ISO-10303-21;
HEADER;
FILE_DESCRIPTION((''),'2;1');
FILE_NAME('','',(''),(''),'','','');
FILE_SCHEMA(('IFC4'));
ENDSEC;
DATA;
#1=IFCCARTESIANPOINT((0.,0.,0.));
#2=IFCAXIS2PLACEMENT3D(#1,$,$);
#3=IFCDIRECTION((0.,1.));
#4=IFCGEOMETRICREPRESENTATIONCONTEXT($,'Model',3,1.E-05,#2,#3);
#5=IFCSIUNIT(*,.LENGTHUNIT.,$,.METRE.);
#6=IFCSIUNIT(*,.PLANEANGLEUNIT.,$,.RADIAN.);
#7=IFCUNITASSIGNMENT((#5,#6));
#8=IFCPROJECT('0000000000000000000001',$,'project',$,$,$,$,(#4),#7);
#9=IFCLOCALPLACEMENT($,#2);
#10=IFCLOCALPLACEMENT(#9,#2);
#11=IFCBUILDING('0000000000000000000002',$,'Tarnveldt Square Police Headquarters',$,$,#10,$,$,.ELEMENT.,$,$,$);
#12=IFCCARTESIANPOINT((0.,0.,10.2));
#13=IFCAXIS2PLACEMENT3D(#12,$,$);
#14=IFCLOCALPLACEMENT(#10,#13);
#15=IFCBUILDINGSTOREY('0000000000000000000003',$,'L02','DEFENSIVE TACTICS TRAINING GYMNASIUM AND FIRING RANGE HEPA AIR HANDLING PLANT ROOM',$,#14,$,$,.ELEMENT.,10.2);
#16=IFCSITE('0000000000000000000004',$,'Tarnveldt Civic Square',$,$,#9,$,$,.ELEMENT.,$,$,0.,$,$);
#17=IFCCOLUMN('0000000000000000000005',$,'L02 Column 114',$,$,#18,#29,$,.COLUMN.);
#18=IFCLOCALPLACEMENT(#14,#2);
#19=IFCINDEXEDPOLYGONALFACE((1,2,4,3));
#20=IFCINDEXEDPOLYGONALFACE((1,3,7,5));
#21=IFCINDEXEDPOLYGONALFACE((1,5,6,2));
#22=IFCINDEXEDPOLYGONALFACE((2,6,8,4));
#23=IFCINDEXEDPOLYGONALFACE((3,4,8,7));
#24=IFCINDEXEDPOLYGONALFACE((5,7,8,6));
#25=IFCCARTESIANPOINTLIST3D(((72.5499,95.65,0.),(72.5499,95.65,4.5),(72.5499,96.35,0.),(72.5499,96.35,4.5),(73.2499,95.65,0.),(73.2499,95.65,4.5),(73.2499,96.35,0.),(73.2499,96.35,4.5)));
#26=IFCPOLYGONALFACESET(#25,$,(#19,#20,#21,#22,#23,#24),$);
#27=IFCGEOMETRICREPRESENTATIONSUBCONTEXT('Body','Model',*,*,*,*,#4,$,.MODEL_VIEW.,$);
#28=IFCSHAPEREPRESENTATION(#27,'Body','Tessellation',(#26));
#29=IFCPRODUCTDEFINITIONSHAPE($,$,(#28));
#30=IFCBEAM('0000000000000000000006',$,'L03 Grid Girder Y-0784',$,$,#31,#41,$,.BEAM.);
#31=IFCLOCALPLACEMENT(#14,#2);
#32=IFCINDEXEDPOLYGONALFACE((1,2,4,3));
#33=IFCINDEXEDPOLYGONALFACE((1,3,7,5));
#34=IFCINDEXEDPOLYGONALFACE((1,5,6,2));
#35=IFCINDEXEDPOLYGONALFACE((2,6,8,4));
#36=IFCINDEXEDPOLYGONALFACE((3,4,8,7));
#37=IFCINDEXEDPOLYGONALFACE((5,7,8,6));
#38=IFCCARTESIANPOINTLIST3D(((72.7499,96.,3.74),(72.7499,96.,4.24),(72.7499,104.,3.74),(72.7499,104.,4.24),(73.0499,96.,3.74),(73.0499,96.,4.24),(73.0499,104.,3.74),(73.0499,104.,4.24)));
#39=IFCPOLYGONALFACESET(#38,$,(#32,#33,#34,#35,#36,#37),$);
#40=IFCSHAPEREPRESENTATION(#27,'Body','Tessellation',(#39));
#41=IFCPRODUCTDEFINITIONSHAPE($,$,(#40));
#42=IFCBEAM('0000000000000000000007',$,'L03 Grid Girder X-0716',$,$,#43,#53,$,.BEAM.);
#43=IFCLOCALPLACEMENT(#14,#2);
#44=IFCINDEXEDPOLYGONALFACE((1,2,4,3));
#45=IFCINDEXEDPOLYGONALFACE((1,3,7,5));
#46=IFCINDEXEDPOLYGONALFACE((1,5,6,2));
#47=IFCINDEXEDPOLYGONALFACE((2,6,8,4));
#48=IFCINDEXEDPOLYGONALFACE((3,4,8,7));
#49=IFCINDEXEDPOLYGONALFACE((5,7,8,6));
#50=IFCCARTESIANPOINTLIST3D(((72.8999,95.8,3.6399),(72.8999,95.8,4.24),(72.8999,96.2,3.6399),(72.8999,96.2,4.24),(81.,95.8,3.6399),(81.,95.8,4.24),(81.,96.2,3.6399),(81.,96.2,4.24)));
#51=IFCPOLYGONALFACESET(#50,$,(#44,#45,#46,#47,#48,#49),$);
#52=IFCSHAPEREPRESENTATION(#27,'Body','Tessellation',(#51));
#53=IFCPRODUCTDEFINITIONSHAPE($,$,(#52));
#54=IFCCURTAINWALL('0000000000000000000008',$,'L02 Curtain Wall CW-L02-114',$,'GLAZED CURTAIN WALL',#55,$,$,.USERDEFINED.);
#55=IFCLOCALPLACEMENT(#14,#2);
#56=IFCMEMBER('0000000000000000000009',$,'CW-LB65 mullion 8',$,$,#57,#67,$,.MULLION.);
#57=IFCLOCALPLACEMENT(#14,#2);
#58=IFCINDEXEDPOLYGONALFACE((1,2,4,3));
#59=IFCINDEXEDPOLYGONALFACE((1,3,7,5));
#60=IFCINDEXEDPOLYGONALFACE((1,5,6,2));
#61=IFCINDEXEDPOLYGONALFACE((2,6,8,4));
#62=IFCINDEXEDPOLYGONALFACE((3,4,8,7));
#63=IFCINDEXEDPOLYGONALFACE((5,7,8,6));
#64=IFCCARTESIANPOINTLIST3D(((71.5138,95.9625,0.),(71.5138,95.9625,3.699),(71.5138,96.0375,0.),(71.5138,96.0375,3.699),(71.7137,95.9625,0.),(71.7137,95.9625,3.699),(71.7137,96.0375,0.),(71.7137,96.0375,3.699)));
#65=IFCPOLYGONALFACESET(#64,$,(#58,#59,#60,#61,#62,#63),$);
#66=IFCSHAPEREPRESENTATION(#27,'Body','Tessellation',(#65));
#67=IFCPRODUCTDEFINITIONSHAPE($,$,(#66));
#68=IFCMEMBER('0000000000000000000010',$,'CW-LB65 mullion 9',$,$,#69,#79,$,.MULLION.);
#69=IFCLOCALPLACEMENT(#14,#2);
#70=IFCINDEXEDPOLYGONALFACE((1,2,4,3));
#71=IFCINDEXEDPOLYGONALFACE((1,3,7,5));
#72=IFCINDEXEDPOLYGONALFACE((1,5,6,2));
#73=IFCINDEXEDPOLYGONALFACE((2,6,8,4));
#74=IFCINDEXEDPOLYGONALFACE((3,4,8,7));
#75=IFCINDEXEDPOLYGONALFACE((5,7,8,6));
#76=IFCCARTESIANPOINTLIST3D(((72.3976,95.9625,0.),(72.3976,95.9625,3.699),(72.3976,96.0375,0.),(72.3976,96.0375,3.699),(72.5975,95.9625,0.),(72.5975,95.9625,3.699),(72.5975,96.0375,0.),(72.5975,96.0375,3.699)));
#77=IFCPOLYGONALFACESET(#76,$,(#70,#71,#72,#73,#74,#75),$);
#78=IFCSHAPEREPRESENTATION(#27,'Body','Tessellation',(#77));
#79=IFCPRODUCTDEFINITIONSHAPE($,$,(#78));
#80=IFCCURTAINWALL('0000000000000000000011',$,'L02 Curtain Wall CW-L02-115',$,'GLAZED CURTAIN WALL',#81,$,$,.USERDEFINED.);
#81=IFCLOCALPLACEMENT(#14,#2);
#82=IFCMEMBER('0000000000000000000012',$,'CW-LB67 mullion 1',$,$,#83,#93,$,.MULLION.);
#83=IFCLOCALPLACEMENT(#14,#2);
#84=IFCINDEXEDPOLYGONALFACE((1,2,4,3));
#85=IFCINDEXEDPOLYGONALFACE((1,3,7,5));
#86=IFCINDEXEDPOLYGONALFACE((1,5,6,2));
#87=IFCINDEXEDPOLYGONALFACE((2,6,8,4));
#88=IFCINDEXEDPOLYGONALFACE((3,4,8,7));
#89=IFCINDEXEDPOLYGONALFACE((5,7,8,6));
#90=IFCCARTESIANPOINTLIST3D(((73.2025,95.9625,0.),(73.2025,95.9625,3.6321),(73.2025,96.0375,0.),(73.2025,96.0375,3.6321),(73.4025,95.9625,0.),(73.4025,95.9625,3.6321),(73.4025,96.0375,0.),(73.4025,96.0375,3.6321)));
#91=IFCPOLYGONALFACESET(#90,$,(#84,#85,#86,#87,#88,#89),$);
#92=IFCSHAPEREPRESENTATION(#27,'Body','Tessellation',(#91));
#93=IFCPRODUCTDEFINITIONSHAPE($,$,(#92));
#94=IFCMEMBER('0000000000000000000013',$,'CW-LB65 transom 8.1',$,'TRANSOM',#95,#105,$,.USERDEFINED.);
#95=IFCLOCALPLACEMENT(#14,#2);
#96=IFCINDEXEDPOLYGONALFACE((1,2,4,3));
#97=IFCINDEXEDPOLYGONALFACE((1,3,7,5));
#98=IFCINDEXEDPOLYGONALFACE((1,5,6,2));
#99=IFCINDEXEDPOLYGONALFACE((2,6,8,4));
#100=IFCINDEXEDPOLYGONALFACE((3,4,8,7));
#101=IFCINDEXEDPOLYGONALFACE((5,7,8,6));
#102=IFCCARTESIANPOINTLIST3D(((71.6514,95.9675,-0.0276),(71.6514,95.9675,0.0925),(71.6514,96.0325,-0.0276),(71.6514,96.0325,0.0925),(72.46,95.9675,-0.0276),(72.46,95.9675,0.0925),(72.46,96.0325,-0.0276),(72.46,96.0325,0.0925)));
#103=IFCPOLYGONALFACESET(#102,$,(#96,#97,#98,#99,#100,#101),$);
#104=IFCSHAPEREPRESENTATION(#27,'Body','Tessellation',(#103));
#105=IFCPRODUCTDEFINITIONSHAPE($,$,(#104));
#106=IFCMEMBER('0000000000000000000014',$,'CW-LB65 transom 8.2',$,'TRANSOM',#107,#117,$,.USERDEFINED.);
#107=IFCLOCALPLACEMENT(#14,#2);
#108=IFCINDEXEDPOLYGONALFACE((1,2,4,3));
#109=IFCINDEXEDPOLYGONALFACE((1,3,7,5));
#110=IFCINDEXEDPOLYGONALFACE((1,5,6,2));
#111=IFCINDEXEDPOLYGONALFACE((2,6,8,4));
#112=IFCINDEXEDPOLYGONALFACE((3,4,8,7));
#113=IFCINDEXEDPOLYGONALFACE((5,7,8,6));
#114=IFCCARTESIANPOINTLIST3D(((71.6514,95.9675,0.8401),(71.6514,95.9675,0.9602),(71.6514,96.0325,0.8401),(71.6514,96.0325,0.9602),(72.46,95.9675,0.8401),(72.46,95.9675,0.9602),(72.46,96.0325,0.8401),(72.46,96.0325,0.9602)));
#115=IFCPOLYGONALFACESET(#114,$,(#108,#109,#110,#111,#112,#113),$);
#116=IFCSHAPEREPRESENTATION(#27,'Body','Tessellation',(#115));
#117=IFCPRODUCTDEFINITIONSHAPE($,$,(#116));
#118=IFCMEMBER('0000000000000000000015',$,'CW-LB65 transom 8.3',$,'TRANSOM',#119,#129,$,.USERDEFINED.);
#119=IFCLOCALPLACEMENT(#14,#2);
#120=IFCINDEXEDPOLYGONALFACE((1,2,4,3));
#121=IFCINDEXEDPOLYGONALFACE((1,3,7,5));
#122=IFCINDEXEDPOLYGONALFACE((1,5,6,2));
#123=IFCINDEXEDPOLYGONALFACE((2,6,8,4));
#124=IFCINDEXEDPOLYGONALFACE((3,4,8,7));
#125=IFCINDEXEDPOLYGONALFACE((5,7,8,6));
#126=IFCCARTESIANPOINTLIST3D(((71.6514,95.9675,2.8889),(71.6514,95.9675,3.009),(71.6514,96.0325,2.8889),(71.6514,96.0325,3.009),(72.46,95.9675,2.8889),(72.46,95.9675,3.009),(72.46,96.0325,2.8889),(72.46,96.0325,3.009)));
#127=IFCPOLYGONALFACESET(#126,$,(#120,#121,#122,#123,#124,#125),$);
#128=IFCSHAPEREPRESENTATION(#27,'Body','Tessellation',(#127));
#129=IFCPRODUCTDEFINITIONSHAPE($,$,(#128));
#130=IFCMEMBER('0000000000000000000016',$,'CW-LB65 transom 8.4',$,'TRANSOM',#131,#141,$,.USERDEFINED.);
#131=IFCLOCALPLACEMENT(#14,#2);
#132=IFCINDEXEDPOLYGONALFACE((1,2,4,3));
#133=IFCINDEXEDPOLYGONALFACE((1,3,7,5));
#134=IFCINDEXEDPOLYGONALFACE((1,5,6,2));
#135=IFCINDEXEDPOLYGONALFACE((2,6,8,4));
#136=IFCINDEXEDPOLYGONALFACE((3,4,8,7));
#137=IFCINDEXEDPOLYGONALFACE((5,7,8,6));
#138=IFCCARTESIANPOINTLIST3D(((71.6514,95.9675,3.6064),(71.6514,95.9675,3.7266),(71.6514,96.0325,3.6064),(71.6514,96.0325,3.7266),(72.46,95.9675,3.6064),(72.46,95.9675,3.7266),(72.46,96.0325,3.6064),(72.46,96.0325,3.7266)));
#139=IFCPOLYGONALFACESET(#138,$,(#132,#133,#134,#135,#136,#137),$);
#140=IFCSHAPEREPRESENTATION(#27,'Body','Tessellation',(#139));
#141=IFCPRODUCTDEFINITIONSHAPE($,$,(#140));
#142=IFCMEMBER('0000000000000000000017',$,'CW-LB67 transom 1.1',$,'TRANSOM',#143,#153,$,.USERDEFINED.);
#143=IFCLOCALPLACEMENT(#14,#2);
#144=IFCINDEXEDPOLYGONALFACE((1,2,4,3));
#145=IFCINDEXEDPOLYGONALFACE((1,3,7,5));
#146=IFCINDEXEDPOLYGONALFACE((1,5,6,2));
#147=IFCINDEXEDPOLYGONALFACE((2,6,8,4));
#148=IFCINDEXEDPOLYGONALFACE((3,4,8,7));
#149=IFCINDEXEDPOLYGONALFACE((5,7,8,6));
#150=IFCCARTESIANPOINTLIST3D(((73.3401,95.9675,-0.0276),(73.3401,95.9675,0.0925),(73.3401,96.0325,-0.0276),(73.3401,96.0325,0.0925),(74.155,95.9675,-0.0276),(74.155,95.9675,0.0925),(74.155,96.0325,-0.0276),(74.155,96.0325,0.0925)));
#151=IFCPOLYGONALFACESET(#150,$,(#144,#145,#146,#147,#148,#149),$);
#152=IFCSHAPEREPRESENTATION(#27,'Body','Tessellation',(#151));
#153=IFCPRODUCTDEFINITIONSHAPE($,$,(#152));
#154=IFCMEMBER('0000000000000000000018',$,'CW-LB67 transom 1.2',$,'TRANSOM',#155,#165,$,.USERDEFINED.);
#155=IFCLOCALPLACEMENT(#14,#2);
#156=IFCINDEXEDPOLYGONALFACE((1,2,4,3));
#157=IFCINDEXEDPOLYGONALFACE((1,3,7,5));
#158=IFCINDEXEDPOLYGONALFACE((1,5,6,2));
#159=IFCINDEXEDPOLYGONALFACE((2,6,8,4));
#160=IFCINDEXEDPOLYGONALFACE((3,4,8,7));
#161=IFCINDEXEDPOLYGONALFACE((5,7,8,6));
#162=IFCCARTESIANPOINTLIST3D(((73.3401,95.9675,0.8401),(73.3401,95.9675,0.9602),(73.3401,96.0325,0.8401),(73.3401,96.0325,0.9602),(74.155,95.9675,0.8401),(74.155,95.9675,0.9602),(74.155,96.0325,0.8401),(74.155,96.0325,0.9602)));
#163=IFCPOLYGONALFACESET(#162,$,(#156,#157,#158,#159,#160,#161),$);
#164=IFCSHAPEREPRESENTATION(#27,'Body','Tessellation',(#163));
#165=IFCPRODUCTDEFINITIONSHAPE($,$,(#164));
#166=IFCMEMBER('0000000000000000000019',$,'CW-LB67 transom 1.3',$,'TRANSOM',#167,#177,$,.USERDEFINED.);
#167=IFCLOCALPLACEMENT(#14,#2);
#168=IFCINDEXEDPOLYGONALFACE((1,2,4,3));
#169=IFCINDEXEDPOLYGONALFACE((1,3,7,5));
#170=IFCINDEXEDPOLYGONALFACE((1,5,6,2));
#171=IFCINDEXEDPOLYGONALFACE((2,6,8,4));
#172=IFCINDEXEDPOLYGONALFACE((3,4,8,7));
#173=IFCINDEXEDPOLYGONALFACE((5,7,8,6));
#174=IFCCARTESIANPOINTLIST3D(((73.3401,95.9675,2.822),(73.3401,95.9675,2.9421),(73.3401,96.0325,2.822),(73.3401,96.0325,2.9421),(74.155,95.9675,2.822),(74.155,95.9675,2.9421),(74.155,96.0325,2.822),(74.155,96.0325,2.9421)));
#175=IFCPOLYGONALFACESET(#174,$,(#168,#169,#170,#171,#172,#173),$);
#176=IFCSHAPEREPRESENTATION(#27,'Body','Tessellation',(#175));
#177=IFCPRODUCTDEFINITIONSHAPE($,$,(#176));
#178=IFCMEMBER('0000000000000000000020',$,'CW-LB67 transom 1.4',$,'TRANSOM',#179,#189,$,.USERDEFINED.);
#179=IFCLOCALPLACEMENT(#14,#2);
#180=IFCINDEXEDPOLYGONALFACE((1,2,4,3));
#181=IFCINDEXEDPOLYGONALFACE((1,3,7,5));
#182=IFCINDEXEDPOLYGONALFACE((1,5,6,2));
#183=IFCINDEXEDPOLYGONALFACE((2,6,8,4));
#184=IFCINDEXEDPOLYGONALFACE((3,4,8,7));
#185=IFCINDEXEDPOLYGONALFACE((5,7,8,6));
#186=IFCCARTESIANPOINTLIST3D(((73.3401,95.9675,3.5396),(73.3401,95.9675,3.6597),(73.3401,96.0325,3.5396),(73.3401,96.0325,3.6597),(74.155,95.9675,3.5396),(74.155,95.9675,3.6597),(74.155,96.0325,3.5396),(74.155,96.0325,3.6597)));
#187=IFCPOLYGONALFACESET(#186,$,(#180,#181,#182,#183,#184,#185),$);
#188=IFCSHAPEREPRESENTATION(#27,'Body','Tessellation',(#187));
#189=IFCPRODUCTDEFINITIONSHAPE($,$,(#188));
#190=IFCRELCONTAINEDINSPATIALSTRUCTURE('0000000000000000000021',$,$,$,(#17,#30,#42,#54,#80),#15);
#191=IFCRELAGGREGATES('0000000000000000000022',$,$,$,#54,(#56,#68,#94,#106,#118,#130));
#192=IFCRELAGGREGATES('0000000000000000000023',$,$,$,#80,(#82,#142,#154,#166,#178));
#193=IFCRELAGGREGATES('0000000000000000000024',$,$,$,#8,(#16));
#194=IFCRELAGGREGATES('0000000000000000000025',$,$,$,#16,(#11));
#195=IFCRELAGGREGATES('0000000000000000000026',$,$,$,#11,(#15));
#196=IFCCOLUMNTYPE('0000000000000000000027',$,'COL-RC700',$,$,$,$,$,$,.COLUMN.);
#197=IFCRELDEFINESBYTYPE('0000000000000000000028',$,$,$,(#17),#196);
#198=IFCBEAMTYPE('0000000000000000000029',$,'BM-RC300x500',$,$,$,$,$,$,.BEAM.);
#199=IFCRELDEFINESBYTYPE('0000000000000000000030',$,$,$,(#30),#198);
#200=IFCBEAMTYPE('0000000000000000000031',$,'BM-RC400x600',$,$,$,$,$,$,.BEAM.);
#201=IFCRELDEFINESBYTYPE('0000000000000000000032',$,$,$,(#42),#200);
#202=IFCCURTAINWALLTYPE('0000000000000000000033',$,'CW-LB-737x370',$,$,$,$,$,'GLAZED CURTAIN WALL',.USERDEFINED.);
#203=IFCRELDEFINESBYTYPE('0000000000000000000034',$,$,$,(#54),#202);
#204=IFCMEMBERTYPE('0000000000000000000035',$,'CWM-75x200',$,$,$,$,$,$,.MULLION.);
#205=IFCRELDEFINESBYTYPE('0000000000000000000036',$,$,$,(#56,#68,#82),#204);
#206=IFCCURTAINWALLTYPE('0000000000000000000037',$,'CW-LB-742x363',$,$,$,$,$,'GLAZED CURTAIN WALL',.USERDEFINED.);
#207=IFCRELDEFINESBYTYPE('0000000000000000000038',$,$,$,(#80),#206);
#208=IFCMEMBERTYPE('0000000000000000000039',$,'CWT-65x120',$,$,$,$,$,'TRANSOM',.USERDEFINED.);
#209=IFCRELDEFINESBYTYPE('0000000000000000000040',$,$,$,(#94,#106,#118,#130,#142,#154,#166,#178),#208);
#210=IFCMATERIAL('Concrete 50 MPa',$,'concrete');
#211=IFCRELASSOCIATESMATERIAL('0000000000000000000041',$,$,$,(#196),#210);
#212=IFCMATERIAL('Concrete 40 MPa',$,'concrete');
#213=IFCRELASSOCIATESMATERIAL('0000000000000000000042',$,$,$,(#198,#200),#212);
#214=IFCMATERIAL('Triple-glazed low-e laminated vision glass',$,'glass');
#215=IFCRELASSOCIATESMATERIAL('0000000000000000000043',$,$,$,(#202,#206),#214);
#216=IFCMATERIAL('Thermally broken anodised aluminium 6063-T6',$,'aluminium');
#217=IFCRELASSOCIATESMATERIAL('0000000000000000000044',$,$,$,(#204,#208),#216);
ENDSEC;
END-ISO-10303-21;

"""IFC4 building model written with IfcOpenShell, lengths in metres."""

from ifc_helpers import new_model, si_unit, direction, frame, origin, origin_2d, place, context, subcontext, project, spatial, rectangle, extrude, material, material_profile, profile_set, type_object, element, aggregate, save


model = new_model("IFC4")

# Units and contexts
model_context = context("Model", 3, precision=1e-05, world=origin(), true_north=direction((0.0, 1.0)))
body_context = subcontext(model_context, "Body", "Model", "MODEL_VIEW")
ifc_project = project(units=[si_unit("LENGTHUNIT", "METRE"), si_unit("PLANEANGLEUNIT", "RADIAN")], contexts=[model_context])

# Site, building, storey
site_placement = place(None, origin())
site = spatial("IfcSite", under=ifc_project, at=site_placement, Name="Tarnveldt Civic Square", CompositionType="ELEMENT", RefElevation=0.0)
building_placement = place(site_placement, origin())
building = spatial("IfcBuilding", under=site, at=building_placement, Name="Tarnveldt Square Police Headquarters", CompositionType="ELEMENT")
storey_placement = place(building_placement, frame((0.0, 0.0, 10.2)))
storey = spatial("IfcBuildingStorey", under=building, at=storey_placement, Name="L02", Description="DEFENSIVE TACTICS TRAINING GYMNASIUM AND FIRING RANGE HEPA AIR HANDLING PLANT ROOM", CompositionType="ELEMENT", Elevation=10.2)

# Column
ifc_material_1 = material(Name="Concrete 50 MPa", Category="concrete")
ifc_material_profile_1 = material_profile(ifc_material_1, rectangle(XDim=0.7, YDim=0.7, at=origin_2d()), Name="RC-C700x700")
ifc_profile_set_1 = profile_set([ifc_material_profile_1], Name="Concrete 50 MPa")
column_type = type_object("IfcColumnType", Name="COL-RC700", PredefinedType="COLUMN", material=ifc_profile_set_1)
column_placement = place(storey_placement, frame((72.8999, 96.0, 0.0), z_axis=(0.0, 0.0, 1.0), x_axis=(1.0, 0.0, 0.0)))
element("IfcColumn", 1, at=column_placement, inside=storey, type_object=column_type, Name="L02 Column 114", PredefinedType="COLUMN", context=body_context, shape_type="SweptSolid", body=[
    extrude(rectangle(XDim=0.7, YDim=0.7, at=origin_2d()), origin(), (0.0, 0.0, 1.0), 4.5),
])

# Beams
ifc_material_2 = material(Name="Concrete 40 MPa", Category="concrete")
ifc_material_profile_2 = material_profile(ifc_material_2, rectangle(XDim=0.3, YDim=0.5, at=origin_2d()), Name="RC-B300x500")
ifc_profile_set_2 = profile_set([ifc_material_profile_2], Name="Concrete 40 MPa")
beam_type_1 = type_object("IfcBeamType", Name="BM-RC300x500", PredefinedType="BEAM", material=ifc_profile_set_2)
beam_1_placement = place(storey_placement, frame((72.8999, 96.0, 3.99), z_axis=(0.0, 1.0, 0.0), x_axis=(-1.0, 0.0, 0.0)))
element("IfcBeam", 2, at=beam_1_placement, inside=storey, type_object=beam_type_1, Name="L03 Grid Girder Y-0784", PredefinedType="BEAM", context=body_context, shape_type="SweptSolid", body=[
    extrude(rectangle(XDim=0.3, YDim=0.5, at=origin_2d()), origin(), (0.0, 0.0, 1.0), 8.0),
])
ifc_material_profile_3 = material_profile(ifc_material_2, rectangle(XDim=0.3999, YDim=0.6001, at=origin_2d()), Name="RC-B400x600")
ifc_profile_set_3 = profile_set([ifc_material_profile_3], Name="Concrete 40 MPa")
beam_type_2 = type_object("IfcBeamType", Name="BM-RC400x600", PredefinedType="BEAM", material=ifc_profile_set_3)
beam_2_placement = place(storey_placement, frame((72.8999, 96.0, 3.9399), z_axis=(1.0, 0.0, 0.0), x_axis=(0.0, 1.0, 0.0)))
element("IfcBeam", 3, at=beam_2_placement, inside=storey, type_object=beam_type_2, Name="L03 Grid Girder X-0716", PredefinedType="BEAM", context=body_context, shape_type="SweptSolid", body=[
    extrude(rectangle(XDim=0.3999, YDim=0.6001, at=origin_2d()), origin(), (0.0, 0.0, 1.0), 8.1001),
])

# Curtain wall, members
ifc_material_3 = material(Name="Triple-glazed low-e laminated vision glass", Category="glass")
curtain_wall_type_1 = type_object("IfcCurtainWallType", Name="CW-LB-737x370", ElementType="GLAZED CURTAIN WALL", PredefinedType="USERDEFINED", material=ifc_material_3)
curtain_wall_1_placement = place(storey_placement, origin())
curtain_wall_1 = element("IfcCurtainWall", 4, at=curtain_wall_1_placement, inside=storey, type_object=curtain_wall_type_1, Name="L02 Curtain Wall CW-L02-114", ObjectType="GLAZED CURTAIN WALL", PredefinedType="USERDEFINED")
ifc_material_4 = material(Name="Thermally broken anodised aluminium 6063-T6", Category="aluminium")
ifc_material_profile_4 = material_profile(ifc_material_4, rectangle(XDim=0.075, YDim=0.2, at=origin_2d()), Name="CW-M75x200")
ifc_profile_set_4 = profile_set([ifc_material_profile_4], Name="Thermally broken anodised aluminium 6063-T6")
member_type_1 = type_object("IfcMemberType", Name="CWM-75x200", PredefinedType="MULLION", material=ifc_profile_set_4)
member_1_placement = place(storey_placement, frame((71.6138, 96.0, 0.0), z_axis=(0.0, 0.0, 1.0), x_axis=(0.0, 1.0, 0.0)))
member_1 = element("IfcMember", 5, at=member_1_placement, type_object=member_type_1, Name="CW-LB65 mullion 8", PredefinedType="MULLION", context=body_context, shape_type="SweptSolid", body=[
    extrude(rectangle(XDim=0.075, YDim=0.2, at=origin_2d()), origin(), (0.0, 0.0, 1.0), 3.699),
])
member_2_placement = place(storey_placement, frame((72.4976, 96.0, 0.0), z_axis=(0.0, 0.0, 1.0), x_axis=(0.0, 1.0, 0.0)))
member_2 = element("IfcMember", 6, at=member_2_placement, type_object=member_type_1, Name="CW-LB65 mullion 9", PredefinedType="MULLION", context=body_context, shape_type="SweptSolid", body=[
    extrude(rectangle(XDim=0.075, YDim=0.2, at=origin_2d()), origin(), (0.0, 0.0, 1.0), 3.699),
])

# Curtain wall, member
curtain_wall_type_2 = type_object("IfcCurtainWallType", Name="CW-LB-742x363", ElementType="GLAZED CURTAIN WALL", PredefinedType="USERDEFINED", material=ifc_material_3)
curtain_wall_2_placement = place(storey_placement, origin())
curtain_wall_2 = element("IfcCurtainWall", 7, at=curtain_wall_2_placement, inside=storey, type_object=curtain_wall_type_2, Name="L02 Curtain Wall CW-L02-115", ObjectType="GLAZED CURTAIN WALL", PredefinedType="USERDEFINED")
member_3_placement = place(storey_placement, frame((73.3025, 96.0, 0.0), z_axis=(0.0, 0.0, 1.0), x_axis=(0.0, 1.0, 0.0)))
member_3 = element("IfcMember", 8, at=member_3_placement, type_object=member_type_1, Name="CW-LB67 mullion 1", PredefinedType="MULLION", context=body_context, shape_type="SweptSolid", body=[
    extrude(rectangle(XDim=0.075, YDim=0.2, at=origin_2d()), origin(), (0.0, 0.0, 1.0), 3.6321),
])

# Members
ifc_material_profile_5 = material_profile(ifc_material_4, rectangle(XDim=0.0649, YDim=0.1201, at=origin_2d()), Name="CW-T65x120")
ifc_profile_set_5 = profile_set([ifc_material_profile_5], Name="Thermally broken anodised aluminium 6063-T6")
member_type_2 = type_object("IfcMemberType", Name="CWT-65x120", ElementType="TRANSOM", PredefinedType="USERDEFINED", material=ifc_profile_set_5)
member_4_placement = place(storey_placement, frame((71.6514, 96.0, 0.0325), z_axis=(1.0, 0.0, 0.0), x_axis=(0.0, 1.0, 0.0)))
member_4 = element("IfcMember", 9, at=member_4_placement, type_object=member_type_2, Name="CW-LB65 transom 8.1", ObjectType="TRANSOM", PredefinedType="USERDEFINED", context=body_context, shape_type="SweptSolid", body=[
    extrude(rectangle(XDim=0.0649, YDim=0.1201, at=origin_2d()), origin(), (0.0, 0.0, 1.0), 0.8086),
])
member_5_placement = place(storey_placement, frame((71.6514, 96.0, 0.9001), z_axis=(1.0, 0.0, 0.0), x_axis=(0.0, 1.0, 0.0)))
member_5 = element("IfcMember", 10, at=member_5_placement, type_object=member_type_2, Name="CW-LB65 transom 8.2", ObjectType="TRANSOM", PredefinedType="USERDEFINED", context=body_context, shape_type="SweptSolid", body=[
    extrude(rectangle(XDim=0.0649, YDim=0.1201, at=origin_2d()), origin(), (0.0, 0.0, 1.0), 0.8086),
])
member_6_placement = place(storey_placement, frame((71.6514, 96.0, 2.949), z_axis=(1.0, 0.0, 0.0), x_axis=(0.0, 1.0, 0.0)))
member_6 = element("IfcMember", 11, at=member_6_placement, type_object=member_type_2, Name="CW-LB65 transom 8.3", ObjectType="TRANSOM", PredefinedType="USERDEFINED", context=body_context, shape_type="SweptSolid", body=[
    extrude(rectangle(XDim=0.0649, YDim=0.1201, at=origin_2d()), origin(), (0.0, 0.0, 1.0), 0.8086),
])
member_7_placement = place(storey_placement, frame((71.6514, 96.0, 3.6665), z_axis=(1.0, 0.0, 0.0), x_axis=(0.0, 1.0, 0.0)))
member_7 = element("IfcMember", 12, at=member_7_placement, type_object=member_type_2, Name="CW-LB65 transom 8.4", ObjectType="TRANSOM", PredefinedType="USERDEFINED", context=body_context, shape_type="SweptSolid", body=[
    extrude(rectangle(XDim=0.0649, YDim=0.1201, at=origin_2d()), origin(), (0.0, 0.0, 1.0), 0.8086),
])
member_8_placement = place(storey_placement, frame((73.3401, 96.0, 0.0325), z_axis=(1.0, 0.0, 0.0), x_axis=(0.0, 1.0, 0.0)))
member_8 = element("IfcMember", 13, at=member_8_placement, type_object=member_type_2, Name="CW-LB67 transom 1.1", ObjectType="TRANSOM", PredefinedType="USERDEFINED", context=body_context, shape_type="SweptSolid", body=[
    extrude(rectangle(XDim=0.0649, YDim=0.1201, at=origin_2d()), origin(), (0.0, 0.0, 1.0), 0.8149),
])
member_9_placement = place(storey_placement, frame((73.3401, 96.0, 0.9001), z_axis=(1.0, 0.0, 0.0), x_axis=(0.0, 1.0, 0.0)))
member_9 = element("IfcMember", 14, at=member_9_placement, type_object=member_type_2, Name="CW-LB67 transom 1.2", ObjectType="TRANSOM", PredefinedType="USERDEFINED", context=body_context, shape_type="SweptSolid", body=[
    extrude(rectangle(XDim=0.0649, YDim=0.1201, at=origin_2d()), origin(), (0.0, 0.0, 1.0), 0.8149),
])
member_10_placement = place(storey_placement, frame((73.3401, 96.0, 2.8821), z_axis=(1.0, 0.0, 0.0), x_axis=(0.0, 1.0, 0.0)))
member_10 = element("IfcMember", 15, at=member_10_placement, type_object=member_type_2, Name="CW-LB67 transom 1.3", ObjectType="TRANSOM", PredefinedType="USERDEFINED", context=body_context, shape_type="SweptSolid", body=[
    extrude(rectangle(XDim=0.0649, YDim=0.1201, at=origin_2d()), origin(), (0.0, 0.0, 1.0), 0.8149),
])
member_11_placement = place(storey_placement, frame((73.3401, 96.0, 3.5996), z_axis=(1.0, 0.0, 0.0), x_axis=(0.0, 1.0, 0.0)))
member_11 = element("IfcMember", 16, at=member_11_placement, type_object=member_type_2, Name="CW-LB67 transom 1.4", ObjectType="TRANSOM", PredefinedType="USERDEFINED", context=body_context, shape_type="SweptSolid", body=[
    extrude(rectangle(XDim=0.0649, YDim=0.1201, at=origin_2d()), origin(), (0.0, 0.0, 1.0), 0.8149),
])

aggregate(curtain_wall_1, [member_1, member_2, member_4, member_5, member_6, member_7])
aggregate(curtain_wall_2, [member_3, member_8, member_9, member_10, member_11])

save(model, "model.ifc")
